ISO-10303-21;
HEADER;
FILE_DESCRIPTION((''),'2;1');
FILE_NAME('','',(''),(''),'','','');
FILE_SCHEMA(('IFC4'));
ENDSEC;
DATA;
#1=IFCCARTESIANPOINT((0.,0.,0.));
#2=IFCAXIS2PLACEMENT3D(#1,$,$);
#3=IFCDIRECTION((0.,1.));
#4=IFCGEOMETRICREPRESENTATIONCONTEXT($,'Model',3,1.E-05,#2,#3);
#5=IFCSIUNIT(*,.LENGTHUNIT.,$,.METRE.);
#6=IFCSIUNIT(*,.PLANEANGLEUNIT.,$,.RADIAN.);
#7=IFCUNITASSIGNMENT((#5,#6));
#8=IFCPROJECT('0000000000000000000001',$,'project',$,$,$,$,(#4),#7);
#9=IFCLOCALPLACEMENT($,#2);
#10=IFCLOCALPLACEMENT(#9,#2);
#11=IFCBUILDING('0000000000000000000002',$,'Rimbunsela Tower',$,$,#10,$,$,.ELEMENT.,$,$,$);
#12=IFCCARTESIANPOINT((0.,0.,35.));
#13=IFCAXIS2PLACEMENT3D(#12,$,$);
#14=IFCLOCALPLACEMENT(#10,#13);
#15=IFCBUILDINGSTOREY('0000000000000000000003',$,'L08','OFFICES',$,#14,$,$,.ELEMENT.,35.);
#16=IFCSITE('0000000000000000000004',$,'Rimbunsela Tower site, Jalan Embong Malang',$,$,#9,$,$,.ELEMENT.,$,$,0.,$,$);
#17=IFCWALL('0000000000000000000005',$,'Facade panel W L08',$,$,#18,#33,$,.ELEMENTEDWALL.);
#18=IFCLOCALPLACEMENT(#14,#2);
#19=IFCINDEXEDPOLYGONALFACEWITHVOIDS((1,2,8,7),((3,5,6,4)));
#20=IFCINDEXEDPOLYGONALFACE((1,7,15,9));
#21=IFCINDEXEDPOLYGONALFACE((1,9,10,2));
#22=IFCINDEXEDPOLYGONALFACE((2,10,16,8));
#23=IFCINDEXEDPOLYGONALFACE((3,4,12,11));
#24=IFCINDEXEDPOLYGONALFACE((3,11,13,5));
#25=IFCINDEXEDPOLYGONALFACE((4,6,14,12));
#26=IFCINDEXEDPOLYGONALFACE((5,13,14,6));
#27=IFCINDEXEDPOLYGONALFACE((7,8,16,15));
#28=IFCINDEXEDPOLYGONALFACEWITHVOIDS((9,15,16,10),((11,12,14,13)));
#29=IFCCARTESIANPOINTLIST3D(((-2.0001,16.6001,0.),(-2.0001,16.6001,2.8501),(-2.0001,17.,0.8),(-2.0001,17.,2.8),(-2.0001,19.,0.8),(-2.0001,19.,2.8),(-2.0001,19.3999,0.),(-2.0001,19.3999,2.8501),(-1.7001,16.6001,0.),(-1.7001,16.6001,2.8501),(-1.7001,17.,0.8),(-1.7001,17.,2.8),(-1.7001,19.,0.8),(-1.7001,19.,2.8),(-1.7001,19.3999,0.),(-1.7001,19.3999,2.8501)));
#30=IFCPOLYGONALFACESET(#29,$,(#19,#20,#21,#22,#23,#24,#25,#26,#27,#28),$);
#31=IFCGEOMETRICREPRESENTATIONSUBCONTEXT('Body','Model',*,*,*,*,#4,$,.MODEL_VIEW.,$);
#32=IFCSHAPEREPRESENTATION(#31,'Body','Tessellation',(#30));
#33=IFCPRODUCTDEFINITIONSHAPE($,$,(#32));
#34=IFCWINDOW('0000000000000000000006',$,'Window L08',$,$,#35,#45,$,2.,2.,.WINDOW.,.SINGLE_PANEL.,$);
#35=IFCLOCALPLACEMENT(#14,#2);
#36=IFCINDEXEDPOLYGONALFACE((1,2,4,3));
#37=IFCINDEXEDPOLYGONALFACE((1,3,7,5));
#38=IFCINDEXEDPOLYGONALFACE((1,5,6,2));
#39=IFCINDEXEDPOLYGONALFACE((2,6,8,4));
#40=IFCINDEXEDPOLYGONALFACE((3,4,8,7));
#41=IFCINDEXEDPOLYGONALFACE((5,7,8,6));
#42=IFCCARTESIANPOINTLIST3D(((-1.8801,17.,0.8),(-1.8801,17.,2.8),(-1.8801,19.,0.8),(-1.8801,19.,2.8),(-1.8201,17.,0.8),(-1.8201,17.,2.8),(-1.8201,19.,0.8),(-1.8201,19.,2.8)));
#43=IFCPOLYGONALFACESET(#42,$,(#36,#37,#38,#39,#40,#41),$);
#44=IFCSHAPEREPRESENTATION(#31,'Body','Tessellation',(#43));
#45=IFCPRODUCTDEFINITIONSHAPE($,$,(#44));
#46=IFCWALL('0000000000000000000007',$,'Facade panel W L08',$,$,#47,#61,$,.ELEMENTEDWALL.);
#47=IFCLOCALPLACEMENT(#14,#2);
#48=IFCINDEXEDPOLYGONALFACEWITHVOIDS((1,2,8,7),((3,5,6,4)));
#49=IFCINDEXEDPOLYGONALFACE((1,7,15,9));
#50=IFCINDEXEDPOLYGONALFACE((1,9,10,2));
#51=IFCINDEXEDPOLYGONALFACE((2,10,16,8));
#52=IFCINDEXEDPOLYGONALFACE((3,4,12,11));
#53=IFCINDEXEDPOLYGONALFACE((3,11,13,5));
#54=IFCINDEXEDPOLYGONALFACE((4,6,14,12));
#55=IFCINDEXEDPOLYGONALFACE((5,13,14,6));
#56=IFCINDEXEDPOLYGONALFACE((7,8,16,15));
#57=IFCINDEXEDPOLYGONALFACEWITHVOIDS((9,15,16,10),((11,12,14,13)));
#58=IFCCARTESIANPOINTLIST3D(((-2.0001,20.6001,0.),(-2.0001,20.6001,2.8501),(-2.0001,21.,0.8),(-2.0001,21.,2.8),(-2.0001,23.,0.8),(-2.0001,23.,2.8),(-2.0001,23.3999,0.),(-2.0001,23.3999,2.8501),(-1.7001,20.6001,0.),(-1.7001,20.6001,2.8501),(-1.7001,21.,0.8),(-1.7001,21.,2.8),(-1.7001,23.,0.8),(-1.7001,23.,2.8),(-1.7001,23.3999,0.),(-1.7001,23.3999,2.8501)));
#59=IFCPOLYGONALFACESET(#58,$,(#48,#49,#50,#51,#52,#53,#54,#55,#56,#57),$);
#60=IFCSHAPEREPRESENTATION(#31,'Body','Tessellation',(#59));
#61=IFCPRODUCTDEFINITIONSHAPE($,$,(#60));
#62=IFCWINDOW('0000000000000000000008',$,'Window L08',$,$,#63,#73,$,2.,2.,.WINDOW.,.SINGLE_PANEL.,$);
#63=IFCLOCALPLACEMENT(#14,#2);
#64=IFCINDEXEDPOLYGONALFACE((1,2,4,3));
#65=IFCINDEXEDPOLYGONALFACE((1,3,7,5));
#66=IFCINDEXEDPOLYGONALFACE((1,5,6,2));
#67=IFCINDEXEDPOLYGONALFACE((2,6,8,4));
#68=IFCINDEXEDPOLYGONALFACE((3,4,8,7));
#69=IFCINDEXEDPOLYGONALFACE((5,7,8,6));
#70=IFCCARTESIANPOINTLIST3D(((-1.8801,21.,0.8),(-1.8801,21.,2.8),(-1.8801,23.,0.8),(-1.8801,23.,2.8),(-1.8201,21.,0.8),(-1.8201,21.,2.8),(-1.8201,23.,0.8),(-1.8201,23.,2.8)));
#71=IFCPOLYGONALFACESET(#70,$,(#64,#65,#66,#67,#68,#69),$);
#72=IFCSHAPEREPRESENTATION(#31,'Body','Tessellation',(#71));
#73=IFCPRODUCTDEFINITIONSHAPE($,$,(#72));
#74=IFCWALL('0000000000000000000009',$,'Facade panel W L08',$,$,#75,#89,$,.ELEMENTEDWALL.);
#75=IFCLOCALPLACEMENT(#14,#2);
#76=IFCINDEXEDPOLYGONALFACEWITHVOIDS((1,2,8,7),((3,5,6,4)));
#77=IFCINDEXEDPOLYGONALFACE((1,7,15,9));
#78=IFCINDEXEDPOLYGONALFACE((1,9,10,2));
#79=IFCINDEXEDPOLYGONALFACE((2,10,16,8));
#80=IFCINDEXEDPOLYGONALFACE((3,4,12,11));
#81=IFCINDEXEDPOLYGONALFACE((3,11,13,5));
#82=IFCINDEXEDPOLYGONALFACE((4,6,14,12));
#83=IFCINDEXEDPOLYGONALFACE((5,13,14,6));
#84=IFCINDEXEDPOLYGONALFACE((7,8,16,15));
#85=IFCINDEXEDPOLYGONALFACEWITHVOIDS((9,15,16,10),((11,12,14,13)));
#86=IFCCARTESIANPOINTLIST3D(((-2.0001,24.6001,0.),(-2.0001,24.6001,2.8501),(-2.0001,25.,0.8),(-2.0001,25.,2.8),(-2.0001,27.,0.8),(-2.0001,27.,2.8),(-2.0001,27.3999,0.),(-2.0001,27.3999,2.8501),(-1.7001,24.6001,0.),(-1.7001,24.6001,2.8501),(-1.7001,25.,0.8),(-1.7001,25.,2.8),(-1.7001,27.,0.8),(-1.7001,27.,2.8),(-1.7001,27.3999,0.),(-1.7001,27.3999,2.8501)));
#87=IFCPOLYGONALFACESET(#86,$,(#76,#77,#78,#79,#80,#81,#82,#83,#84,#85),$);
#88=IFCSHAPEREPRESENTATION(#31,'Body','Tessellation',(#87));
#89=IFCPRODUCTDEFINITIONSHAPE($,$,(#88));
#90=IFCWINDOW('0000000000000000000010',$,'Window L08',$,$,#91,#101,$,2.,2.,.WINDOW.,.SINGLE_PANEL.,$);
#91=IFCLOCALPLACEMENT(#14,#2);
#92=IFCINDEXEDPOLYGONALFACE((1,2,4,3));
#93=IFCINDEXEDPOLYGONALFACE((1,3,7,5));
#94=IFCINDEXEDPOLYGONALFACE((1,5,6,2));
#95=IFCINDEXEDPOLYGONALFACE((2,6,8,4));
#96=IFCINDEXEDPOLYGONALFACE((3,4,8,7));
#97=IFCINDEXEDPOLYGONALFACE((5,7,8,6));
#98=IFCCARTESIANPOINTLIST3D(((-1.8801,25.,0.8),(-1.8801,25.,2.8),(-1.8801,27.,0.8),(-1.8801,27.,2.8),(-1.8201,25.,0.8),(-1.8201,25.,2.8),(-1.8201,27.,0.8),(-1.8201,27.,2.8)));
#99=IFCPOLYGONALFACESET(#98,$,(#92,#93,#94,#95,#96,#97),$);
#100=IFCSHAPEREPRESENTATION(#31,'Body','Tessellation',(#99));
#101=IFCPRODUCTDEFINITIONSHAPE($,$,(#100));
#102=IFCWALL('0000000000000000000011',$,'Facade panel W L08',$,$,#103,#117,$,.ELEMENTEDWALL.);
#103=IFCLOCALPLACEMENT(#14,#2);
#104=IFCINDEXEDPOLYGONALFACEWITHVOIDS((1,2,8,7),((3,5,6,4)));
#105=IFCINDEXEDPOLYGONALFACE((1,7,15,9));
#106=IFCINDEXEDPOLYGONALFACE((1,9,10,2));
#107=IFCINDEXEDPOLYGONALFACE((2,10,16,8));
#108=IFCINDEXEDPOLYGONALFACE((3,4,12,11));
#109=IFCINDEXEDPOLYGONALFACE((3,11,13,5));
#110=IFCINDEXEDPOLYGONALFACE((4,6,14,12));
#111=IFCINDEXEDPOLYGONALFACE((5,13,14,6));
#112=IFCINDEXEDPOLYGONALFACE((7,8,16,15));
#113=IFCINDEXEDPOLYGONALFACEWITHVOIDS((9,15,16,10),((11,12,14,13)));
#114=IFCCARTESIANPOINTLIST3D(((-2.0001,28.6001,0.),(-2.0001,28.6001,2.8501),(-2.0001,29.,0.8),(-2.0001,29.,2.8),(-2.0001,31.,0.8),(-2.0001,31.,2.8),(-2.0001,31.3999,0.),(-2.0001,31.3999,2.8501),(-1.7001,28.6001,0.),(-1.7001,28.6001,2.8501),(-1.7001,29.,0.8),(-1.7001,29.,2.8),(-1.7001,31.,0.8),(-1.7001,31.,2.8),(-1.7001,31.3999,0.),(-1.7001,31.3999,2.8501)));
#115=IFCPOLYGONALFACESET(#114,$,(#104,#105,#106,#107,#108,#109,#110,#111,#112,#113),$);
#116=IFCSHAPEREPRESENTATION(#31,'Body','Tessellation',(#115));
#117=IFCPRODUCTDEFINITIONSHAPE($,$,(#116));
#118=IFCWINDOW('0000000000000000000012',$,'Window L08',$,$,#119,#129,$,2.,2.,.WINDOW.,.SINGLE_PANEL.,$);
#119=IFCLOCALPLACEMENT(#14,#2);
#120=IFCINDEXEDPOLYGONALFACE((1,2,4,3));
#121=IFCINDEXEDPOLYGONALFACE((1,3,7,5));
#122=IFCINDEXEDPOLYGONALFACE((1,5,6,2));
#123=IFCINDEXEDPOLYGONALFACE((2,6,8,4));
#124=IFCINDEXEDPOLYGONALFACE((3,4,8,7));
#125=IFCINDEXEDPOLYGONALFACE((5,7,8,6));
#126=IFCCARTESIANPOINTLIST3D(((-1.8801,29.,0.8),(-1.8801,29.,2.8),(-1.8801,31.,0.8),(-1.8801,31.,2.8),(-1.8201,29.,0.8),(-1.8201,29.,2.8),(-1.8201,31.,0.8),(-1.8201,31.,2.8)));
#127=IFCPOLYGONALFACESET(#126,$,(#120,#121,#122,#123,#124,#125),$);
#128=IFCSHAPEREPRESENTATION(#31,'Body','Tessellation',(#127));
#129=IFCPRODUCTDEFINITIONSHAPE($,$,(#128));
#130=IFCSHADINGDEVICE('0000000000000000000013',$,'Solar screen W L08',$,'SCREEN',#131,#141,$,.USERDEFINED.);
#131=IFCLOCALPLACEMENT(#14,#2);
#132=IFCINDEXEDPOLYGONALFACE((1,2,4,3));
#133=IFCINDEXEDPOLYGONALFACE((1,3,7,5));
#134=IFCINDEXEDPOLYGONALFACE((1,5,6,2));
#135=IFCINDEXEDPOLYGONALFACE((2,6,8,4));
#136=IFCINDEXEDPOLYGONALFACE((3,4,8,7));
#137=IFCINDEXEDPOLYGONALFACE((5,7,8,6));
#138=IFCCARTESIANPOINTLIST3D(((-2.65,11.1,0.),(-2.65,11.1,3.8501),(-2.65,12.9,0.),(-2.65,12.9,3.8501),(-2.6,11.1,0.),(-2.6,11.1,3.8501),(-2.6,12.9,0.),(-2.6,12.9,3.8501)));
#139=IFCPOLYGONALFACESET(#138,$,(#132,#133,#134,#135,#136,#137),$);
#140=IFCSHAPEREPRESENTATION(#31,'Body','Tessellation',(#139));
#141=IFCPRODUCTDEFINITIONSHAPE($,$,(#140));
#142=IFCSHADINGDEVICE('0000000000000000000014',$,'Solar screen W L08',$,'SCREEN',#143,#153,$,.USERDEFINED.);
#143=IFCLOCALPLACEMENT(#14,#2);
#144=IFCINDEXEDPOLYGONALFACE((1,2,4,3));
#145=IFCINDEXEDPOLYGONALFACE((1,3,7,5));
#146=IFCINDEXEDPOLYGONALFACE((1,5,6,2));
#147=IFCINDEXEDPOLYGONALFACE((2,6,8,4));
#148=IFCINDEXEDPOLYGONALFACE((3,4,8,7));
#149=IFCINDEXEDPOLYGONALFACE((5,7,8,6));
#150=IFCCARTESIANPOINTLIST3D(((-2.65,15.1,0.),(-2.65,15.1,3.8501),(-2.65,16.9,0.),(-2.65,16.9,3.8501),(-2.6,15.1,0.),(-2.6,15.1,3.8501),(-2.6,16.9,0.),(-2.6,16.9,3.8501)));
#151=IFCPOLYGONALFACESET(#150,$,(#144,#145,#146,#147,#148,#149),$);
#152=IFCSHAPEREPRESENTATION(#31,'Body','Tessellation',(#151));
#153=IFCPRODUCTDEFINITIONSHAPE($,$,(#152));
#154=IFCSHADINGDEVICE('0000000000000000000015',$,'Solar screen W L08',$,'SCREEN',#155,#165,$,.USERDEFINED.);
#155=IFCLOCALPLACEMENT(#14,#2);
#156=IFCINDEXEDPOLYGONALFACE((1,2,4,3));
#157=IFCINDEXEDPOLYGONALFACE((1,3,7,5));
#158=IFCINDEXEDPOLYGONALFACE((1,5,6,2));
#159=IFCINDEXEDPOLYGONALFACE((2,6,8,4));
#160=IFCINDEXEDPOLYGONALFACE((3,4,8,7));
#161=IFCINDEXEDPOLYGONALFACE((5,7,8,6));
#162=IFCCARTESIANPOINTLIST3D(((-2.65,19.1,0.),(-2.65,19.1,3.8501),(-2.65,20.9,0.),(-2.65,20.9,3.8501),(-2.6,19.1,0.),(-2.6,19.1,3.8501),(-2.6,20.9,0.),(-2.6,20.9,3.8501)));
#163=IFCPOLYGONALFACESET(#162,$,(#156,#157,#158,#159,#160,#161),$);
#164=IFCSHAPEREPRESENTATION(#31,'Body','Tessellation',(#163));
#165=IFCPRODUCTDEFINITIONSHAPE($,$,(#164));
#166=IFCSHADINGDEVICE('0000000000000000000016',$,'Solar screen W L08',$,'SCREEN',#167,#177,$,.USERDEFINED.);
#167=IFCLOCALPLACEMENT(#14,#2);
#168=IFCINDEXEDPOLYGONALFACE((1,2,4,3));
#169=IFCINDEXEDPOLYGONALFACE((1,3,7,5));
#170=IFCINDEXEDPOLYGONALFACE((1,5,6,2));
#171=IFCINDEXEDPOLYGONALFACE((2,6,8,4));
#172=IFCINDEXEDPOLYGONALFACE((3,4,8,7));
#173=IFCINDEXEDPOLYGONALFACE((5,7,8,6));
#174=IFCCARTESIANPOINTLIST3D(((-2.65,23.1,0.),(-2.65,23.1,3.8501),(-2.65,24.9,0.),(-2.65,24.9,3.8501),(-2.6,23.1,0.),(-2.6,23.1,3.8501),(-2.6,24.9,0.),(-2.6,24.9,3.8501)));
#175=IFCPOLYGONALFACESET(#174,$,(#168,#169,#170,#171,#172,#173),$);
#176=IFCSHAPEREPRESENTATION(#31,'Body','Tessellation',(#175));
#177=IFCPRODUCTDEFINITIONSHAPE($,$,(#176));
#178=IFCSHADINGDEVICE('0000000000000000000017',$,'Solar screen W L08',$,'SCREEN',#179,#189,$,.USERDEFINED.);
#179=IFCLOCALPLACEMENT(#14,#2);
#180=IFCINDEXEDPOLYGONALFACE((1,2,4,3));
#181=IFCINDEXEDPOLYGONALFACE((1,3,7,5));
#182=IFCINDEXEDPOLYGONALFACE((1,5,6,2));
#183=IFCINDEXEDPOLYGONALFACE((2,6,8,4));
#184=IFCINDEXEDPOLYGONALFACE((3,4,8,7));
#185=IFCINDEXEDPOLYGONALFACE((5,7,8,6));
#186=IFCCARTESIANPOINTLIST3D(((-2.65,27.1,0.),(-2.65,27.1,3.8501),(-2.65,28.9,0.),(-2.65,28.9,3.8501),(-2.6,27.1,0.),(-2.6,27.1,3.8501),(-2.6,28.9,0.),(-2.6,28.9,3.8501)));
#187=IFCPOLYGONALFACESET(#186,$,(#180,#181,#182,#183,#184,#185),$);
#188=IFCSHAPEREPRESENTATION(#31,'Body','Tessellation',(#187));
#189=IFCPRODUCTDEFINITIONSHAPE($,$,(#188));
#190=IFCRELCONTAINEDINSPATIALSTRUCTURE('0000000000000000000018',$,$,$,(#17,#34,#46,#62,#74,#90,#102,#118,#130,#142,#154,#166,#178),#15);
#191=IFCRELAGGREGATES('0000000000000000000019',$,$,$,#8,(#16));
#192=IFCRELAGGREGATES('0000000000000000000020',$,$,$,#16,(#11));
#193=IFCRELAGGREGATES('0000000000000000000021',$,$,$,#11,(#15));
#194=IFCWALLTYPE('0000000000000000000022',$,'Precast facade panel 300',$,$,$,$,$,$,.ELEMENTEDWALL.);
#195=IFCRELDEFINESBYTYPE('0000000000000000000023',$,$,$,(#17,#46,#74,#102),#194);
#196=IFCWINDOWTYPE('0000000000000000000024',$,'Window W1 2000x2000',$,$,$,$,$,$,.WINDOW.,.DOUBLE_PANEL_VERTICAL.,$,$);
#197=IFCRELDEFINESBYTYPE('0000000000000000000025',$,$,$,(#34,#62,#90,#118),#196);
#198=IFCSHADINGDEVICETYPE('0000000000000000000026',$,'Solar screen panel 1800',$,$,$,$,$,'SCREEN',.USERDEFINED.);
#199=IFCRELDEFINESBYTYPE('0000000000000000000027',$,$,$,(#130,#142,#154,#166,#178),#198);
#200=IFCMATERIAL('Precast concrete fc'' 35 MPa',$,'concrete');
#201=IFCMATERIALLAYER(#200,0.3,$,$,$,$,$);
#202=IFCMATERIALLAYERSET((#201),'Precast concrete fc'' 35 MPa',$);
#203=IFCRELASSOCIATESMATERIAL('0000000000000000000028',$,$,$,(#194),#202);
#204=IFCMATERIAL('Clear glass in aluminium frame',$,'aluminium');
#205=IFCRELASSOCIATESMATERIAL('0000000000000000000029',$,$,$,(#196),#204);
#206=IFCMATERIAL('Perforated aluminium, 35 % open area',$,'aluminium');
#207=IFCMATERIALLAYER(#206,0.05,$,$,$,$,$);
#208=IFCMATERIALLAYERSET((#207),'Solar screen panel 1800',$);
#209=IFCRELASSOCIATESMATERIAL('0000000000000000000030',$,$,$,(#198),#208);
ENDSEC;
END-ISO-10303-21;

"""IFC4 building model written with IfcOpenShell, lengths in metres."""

from ifc_helpers import new_model, si_unit, direction, frame, frame_2d, origin, origin_2d, place, context, subcontext, project, spatial, rectangle, extrude, material, layer, layer_set, type_object, element, fill, save


model = new_model("IFC4")

# Units and contexts
model_context = context("Model", 3, precision=1e-05, world=origin(), true_north=direction((0.0, 1.0)))
body_context = subcontext(model_context, "Body", "Model", "MODEL_VIEW")
ifc_project = project(units=[si_unit("LENGTHUNIT", "METRE"), si_unit("PLANEANGLEUNIT", "RADIAN")], contexts=[model_context])

# Site, building, storey
site_placement = place(None, origin())
site = spatial("IfcSite", under=ifc_project, at=site_placement, Name="Rimbunsela Tower site, Jalan Embong Malang", CompositionType="ELEMENT", RefElevation=0.0)
building_placement = place(site_placement, origin())
building = spatial("IfcBuilding", under=site, at=building_placement, Name="Rimbunsela Tower", CompositionType="ELEMENT")
storey_placement = place(building_placement, frame((0.0, 0.0, 35.0)))
storey = spatial("IfcBuildingStorey", under=building, at=storey_placement, Name="L08", Description="OFFICES", CompositionType="ELEMENT", Elevation=35.0)

# Walls, openings, windows
ifc_material_1 = material(Name="Precast concrete fc' 35 MPa", Category="concrete")
ifc_layer_1 = layer(ifc_material_1, 0.3)
ifc_layer_set_1 = layer_set([ifc_layer_1], Name="Precast concrete fc' 35 MPa")
wall_type = type_object("IfcWallType", Name="Precast facade panel 300", PredefinedType="ELEMENTEDWALL", material=ifc_layer_set_1)
ifc_material_2 = material(Name="Clear glass in aluminium frame", Category="aluminium")
window_type = type_object("IfcWindowType", Name="Window W1 2000x2000", PartitioningType="DOUBLE_PANEL_VERTICAL", PredefinedType="WINDOW", material=ifc_material_2)
wall_1_placement = place(storey_placement, frame((-1.8501, 19.3999, 0.0), z_axis=(0.0, 0.0, 1.0), x_axis=(0.0, -1.0, 0.0)))
wall_1 = element("IfcWall", 1, at=wall_1_placement, inside=storey, type_object=wall_type, Name="Facade panel W L08", PredefinedType="ELEMENTEDWALL", context=body_context, shape_type="SweptSolid", body=[
    extrude(rectangle(XDim=2.7998, YDim=0.3, at=frame_2d((1.3999, 0.0))), origin(), (0.0, 0.0, 1.0), 2.8501),
])
opening_1_placement = place(wall_1_placement, frame((0.3999, 0.0, 0.8)))
opening_1 = element("IfcOpeningElement", 2, at=opening_1_placement, cuts=wall_1, PredefinedType="OPENING", context=body_context, shape_type="SweptSolid", body=[
    extrude(rectangle(XDim=2.0, YDim=2.0, at=frame_2d((1.0, 1.0))), frame((0.0, 0.1599, 0.0), z_axis=(0.0, -1.0, 0.0), x_axis=(1.0, 0.0, 0.0)), (0.0, 0.0, 1.0), 0.3201),
])
window_1_placement = place(opening_1_placement, origin())
window_1 = element("IfcWindow", 3, at=window_1_placement, inside=storey, type_object=window_type, Name="Window L08", OverallHeight=2.0, OverallWidth=2.0, PartitioningType="SINGLE_PANEL", PredefinedType="WINDOW", context=body_context, shape_type="SweptSolid", body=[
    extrude(rectangle(XDim=2.0, YDim=2.0, at=frame_2d((1.0, 1.0))), frame((0.0, 0.03, 0.0), z_axis=(0.0, -1.0, 0.0), x_axis=(1.0, 0.0, 0.0)), (0.0, 0.0, 1.0), 0.0601),
])
fill(opening_1, window_1)
wall_2_placement = place(storey_placement, frame((-1.8501, 23.3999, 0.0), z_axis=(0.0, 0.0, 1.0), x_axis=(0.0, -1.0, 0.0)))
wall_2 = element("IfcWall", 4, at=wall_2_placement, inside=storey, type_object=wall_type, Name="Facade panel W L08", PredefinedType="ELEMENTEDWALL", context=body_context, shape_type="SweptSolid", body=[
    extrude(rectangle(XDim=2.7998, YDim=0.3, at=frame_2d((1.3999, 0.0))), origin(), (0.0, 0.0, 1.0), 2.8501),
])
opening_2_placement = place(wall_2_placement, frame((0.3999, 0.0, 0.8)))
opening_2 = element("IfcOpeningElement", 5, at=opening_2_placement, cuts=wall_2, PredefinedType="OPENING", context=body_context, shape_type="SweptSolid", body=[
    extrude(rectangle(XDim=2.0, YDim=2.0, at=frame_2d((1.0, 1.0))), frame((0.0, 0.1599, 0.0), z_axis=(0.0, -1.0, 0.0), x_axis=(1.0, 0.0, 0.0)), (0.0, 0.0, 1.0), 0.3201),
])
window_2_placement = place(opening_2_placement, origin())
window_2 = element("IfcWindow", 6, at=window_2_placement, inside=storey, type_object=window_type, Name="Window L08", OverallHeight=2.0, OverallWidth=2.0, PartitioningType="SINGLE_PANEL", PredefinedType="WINDOW", context=body_context, shape_type="SweptSolid", body=[
    extrude(rectangle(XDim=2.0, YDim=2.0, at=frame_2d((1.0, 1.0))), frame((0.0, 0.03, 0.0), z_axis=(0.0, -1.0, 0.0), x_axis=(1.0, 0.0, 0.0)), (0.0, 0.0, 1.0), 0.0601),
])
fill(opening_2, window_2)
wall_3_placement = place(storey_placement, frame((-1.8501, 27.3999, 0.0), z_axis=(0.0, 0.0, 1.0), x_axis=(0.0, -1.0, 0.0)))
wall_3 = element("IfcWall", 7, at=wall_3_placement, inside=storey, type_object=wall_type, Name="Facade panel W L08", PredefinedType="ELEMENTEDWALL", context=body_context, shape_type="SweptSolid", body=[
    extrude(rectangle(XDim=2.7998, YDim=0.3, at=frame_2d((1.3999, 0.0))), origin(), (0.0, 0.0, 1.0), 2.8501),
])
opening_3_placement = place(wall_3_placement, frame((0.3999, 0.0, 0.8)))
opening_3 = element("IfcOpeningElement", 8, at=opening_3_placement, cuts=wall_3, PredefinedType="OPENING", context=body_context, shape_type="SweptSolid", body=[
    extrude(rectangle(XDim=2.0, YDim=2.0, at=frame_2d((1.0, 1.0))), frame((0.0, 0.1599, 0.0), z_axis=(0.0, -1.0, 0.0), x_axis=(1.0, 0.0, 0.0)), (0.0, 0.0, 1.0), 0.3201),
])
window_3_placement = place(opening_3_placement, origin())
window_3 = element("IfcWindow", 9, at=window_3_placement, inside=storey, type_object=window_type, Name="Window L08", OverallHeight=2.0, OverallWidth=2.0, PartitioningType="SINGLE_PANEL", PredefinedType="WINDOW", context=body_context, shape_type="SweptSolid", body=[
    extrude(rectangle(XDim=2.0, YDim=2.0, at=frame_2d((1.0, 1.0))), frame((0.0, 0.03, 0.0), z_axis=(0.0, -1.0, 0.0), x_axis=(1.0, 0.0, 0.0)), (0.0, 0.0, 1.0), 0.0601),
])
fill(opening_3, window_3)
wall_4_placement = place(storey_placement, frame((-1.8501, 31.3999, 0.0), z_axis=(0.0, 0.0, 1.0), x_axis=(0.0, -1.0, 0.0)))
wall_4 = element("IfcWall", 10, at=wall_4_placement, inside=storey, type_object=wall_type, Name="Facade panel W L08", PredefinedType="ELEMENTEDWALL", context=body_context, shape_type="SweptSolid", body=[
    extrude(rectangle(XDim=2.7998, YDim=0.3, at=frame_2d((1.3999, 0.0))), origin(), (0.0, 0.0, 1.0), 2.8501),
])
opening_4_placement = place(wall_4_placement, frame((0.3999, 0.0, 0.8)))
opening_4 = element("IfcOpeningElement", 11, at=opening_4_placement, cuts=wall_4, PredefinedType="OPENING", context=body_context, shape_type="SweptSolid", body=[
    extrude(rectangle(XDim=2.0, YDim=2.0, at=frame_2d((1.0, 1.0))), frame((0.0, 0.1599, 0.0), z_axis=(0.0, -1.0, 0.0), x_axis=(1.0, 0.0, 0.0)), (0.0, 0.0, 1.0), 0.3201),
])
window_4_placement = place(opening_4_placement, origin())
window_4 = element("IfcWindow", 12, at=window_4_placement, inside=storey, type_object=window_type, Name="Window L08", OverallHeight=2.0, OverallWidth=2.0, PartitioningType="SINGLE_PANEL", PredefinedType="WINDOW", context=body_context, shape_type="SweptSolid", body=[
    extrude(rectangle(XDim=2.0, YDim=2.0, at=frame_2d((1.0, 1.0))), frame((0.0, 0.03, 0.0), z_axis=(0.0, -1.0, 0.0), x_axis=(1.0, 0.0, 0.0)), (0.0, 0.0, 1.0), 0.0601),
])
fill(opening_4, window_4)

# Shading devices
ifc_material_3 = material(Name="Perforated aluminium, 35 % open area", Category="aluminium")
ifc_layer_2 = layer(ifc_material_3, 0.05)
ifc_layer_set_2 = layer_set([ifc_layer_2], Name="Solar screen panel 1800")
shading_device_type = type_object("IfcShadingDeviceType", Name="Solar screen panel 1800", ElementType="SCREEN", PredefinedType="USERDEFINED", material=ifc_layer_set_2)
for number, where, z_axis, x_axis, name in (
    (13, (-2.625, 12.0, 0.0), (0.0, 0.0, 1.0), (0.0, 1.0, 0.0), "Solar screen W L08"),
    (14, (-2.625, 16.0, 0.0), (0.0, 0.0, 1.0), (0.0, 1.0, 0.0), "Solar screen W L08"),
    (15, (-2.625, 20.0, 0.0), (0.0, 0.0, 1.0), (0.0, 1.0, 0.0), "Solar screen W L08"),
    (16, (-2.625, 24.0, 0.0), (0.0, 0.0, 1.0), (0.0, 1.0, 0.0), "Solar screen W L08"),
    (17, (-2.625, 28.0, 0.0), (0.0, 0.0, 1.0), (0.0, 1.0, 0.0), "Solar screen W L08"),
):
    element("IfcShadingDevice", number, at=place(storey_placement, frame(where, z_axis=z_axis, x_axis=x_axis)), inside=storey, type_object=shading_device_type, Name=name, ObjectType="SCREEN", PredefinedType="USERDEFINED", context=body_context, shape_type="SweptSolid", body=[
        extrude(rectangle(XDim=1.8, YDim=0.05, at=origin_2d()), origin(), (0.0, 0.0, 1.0), 3.8501),
    ])

save(model, "model.ifc")
